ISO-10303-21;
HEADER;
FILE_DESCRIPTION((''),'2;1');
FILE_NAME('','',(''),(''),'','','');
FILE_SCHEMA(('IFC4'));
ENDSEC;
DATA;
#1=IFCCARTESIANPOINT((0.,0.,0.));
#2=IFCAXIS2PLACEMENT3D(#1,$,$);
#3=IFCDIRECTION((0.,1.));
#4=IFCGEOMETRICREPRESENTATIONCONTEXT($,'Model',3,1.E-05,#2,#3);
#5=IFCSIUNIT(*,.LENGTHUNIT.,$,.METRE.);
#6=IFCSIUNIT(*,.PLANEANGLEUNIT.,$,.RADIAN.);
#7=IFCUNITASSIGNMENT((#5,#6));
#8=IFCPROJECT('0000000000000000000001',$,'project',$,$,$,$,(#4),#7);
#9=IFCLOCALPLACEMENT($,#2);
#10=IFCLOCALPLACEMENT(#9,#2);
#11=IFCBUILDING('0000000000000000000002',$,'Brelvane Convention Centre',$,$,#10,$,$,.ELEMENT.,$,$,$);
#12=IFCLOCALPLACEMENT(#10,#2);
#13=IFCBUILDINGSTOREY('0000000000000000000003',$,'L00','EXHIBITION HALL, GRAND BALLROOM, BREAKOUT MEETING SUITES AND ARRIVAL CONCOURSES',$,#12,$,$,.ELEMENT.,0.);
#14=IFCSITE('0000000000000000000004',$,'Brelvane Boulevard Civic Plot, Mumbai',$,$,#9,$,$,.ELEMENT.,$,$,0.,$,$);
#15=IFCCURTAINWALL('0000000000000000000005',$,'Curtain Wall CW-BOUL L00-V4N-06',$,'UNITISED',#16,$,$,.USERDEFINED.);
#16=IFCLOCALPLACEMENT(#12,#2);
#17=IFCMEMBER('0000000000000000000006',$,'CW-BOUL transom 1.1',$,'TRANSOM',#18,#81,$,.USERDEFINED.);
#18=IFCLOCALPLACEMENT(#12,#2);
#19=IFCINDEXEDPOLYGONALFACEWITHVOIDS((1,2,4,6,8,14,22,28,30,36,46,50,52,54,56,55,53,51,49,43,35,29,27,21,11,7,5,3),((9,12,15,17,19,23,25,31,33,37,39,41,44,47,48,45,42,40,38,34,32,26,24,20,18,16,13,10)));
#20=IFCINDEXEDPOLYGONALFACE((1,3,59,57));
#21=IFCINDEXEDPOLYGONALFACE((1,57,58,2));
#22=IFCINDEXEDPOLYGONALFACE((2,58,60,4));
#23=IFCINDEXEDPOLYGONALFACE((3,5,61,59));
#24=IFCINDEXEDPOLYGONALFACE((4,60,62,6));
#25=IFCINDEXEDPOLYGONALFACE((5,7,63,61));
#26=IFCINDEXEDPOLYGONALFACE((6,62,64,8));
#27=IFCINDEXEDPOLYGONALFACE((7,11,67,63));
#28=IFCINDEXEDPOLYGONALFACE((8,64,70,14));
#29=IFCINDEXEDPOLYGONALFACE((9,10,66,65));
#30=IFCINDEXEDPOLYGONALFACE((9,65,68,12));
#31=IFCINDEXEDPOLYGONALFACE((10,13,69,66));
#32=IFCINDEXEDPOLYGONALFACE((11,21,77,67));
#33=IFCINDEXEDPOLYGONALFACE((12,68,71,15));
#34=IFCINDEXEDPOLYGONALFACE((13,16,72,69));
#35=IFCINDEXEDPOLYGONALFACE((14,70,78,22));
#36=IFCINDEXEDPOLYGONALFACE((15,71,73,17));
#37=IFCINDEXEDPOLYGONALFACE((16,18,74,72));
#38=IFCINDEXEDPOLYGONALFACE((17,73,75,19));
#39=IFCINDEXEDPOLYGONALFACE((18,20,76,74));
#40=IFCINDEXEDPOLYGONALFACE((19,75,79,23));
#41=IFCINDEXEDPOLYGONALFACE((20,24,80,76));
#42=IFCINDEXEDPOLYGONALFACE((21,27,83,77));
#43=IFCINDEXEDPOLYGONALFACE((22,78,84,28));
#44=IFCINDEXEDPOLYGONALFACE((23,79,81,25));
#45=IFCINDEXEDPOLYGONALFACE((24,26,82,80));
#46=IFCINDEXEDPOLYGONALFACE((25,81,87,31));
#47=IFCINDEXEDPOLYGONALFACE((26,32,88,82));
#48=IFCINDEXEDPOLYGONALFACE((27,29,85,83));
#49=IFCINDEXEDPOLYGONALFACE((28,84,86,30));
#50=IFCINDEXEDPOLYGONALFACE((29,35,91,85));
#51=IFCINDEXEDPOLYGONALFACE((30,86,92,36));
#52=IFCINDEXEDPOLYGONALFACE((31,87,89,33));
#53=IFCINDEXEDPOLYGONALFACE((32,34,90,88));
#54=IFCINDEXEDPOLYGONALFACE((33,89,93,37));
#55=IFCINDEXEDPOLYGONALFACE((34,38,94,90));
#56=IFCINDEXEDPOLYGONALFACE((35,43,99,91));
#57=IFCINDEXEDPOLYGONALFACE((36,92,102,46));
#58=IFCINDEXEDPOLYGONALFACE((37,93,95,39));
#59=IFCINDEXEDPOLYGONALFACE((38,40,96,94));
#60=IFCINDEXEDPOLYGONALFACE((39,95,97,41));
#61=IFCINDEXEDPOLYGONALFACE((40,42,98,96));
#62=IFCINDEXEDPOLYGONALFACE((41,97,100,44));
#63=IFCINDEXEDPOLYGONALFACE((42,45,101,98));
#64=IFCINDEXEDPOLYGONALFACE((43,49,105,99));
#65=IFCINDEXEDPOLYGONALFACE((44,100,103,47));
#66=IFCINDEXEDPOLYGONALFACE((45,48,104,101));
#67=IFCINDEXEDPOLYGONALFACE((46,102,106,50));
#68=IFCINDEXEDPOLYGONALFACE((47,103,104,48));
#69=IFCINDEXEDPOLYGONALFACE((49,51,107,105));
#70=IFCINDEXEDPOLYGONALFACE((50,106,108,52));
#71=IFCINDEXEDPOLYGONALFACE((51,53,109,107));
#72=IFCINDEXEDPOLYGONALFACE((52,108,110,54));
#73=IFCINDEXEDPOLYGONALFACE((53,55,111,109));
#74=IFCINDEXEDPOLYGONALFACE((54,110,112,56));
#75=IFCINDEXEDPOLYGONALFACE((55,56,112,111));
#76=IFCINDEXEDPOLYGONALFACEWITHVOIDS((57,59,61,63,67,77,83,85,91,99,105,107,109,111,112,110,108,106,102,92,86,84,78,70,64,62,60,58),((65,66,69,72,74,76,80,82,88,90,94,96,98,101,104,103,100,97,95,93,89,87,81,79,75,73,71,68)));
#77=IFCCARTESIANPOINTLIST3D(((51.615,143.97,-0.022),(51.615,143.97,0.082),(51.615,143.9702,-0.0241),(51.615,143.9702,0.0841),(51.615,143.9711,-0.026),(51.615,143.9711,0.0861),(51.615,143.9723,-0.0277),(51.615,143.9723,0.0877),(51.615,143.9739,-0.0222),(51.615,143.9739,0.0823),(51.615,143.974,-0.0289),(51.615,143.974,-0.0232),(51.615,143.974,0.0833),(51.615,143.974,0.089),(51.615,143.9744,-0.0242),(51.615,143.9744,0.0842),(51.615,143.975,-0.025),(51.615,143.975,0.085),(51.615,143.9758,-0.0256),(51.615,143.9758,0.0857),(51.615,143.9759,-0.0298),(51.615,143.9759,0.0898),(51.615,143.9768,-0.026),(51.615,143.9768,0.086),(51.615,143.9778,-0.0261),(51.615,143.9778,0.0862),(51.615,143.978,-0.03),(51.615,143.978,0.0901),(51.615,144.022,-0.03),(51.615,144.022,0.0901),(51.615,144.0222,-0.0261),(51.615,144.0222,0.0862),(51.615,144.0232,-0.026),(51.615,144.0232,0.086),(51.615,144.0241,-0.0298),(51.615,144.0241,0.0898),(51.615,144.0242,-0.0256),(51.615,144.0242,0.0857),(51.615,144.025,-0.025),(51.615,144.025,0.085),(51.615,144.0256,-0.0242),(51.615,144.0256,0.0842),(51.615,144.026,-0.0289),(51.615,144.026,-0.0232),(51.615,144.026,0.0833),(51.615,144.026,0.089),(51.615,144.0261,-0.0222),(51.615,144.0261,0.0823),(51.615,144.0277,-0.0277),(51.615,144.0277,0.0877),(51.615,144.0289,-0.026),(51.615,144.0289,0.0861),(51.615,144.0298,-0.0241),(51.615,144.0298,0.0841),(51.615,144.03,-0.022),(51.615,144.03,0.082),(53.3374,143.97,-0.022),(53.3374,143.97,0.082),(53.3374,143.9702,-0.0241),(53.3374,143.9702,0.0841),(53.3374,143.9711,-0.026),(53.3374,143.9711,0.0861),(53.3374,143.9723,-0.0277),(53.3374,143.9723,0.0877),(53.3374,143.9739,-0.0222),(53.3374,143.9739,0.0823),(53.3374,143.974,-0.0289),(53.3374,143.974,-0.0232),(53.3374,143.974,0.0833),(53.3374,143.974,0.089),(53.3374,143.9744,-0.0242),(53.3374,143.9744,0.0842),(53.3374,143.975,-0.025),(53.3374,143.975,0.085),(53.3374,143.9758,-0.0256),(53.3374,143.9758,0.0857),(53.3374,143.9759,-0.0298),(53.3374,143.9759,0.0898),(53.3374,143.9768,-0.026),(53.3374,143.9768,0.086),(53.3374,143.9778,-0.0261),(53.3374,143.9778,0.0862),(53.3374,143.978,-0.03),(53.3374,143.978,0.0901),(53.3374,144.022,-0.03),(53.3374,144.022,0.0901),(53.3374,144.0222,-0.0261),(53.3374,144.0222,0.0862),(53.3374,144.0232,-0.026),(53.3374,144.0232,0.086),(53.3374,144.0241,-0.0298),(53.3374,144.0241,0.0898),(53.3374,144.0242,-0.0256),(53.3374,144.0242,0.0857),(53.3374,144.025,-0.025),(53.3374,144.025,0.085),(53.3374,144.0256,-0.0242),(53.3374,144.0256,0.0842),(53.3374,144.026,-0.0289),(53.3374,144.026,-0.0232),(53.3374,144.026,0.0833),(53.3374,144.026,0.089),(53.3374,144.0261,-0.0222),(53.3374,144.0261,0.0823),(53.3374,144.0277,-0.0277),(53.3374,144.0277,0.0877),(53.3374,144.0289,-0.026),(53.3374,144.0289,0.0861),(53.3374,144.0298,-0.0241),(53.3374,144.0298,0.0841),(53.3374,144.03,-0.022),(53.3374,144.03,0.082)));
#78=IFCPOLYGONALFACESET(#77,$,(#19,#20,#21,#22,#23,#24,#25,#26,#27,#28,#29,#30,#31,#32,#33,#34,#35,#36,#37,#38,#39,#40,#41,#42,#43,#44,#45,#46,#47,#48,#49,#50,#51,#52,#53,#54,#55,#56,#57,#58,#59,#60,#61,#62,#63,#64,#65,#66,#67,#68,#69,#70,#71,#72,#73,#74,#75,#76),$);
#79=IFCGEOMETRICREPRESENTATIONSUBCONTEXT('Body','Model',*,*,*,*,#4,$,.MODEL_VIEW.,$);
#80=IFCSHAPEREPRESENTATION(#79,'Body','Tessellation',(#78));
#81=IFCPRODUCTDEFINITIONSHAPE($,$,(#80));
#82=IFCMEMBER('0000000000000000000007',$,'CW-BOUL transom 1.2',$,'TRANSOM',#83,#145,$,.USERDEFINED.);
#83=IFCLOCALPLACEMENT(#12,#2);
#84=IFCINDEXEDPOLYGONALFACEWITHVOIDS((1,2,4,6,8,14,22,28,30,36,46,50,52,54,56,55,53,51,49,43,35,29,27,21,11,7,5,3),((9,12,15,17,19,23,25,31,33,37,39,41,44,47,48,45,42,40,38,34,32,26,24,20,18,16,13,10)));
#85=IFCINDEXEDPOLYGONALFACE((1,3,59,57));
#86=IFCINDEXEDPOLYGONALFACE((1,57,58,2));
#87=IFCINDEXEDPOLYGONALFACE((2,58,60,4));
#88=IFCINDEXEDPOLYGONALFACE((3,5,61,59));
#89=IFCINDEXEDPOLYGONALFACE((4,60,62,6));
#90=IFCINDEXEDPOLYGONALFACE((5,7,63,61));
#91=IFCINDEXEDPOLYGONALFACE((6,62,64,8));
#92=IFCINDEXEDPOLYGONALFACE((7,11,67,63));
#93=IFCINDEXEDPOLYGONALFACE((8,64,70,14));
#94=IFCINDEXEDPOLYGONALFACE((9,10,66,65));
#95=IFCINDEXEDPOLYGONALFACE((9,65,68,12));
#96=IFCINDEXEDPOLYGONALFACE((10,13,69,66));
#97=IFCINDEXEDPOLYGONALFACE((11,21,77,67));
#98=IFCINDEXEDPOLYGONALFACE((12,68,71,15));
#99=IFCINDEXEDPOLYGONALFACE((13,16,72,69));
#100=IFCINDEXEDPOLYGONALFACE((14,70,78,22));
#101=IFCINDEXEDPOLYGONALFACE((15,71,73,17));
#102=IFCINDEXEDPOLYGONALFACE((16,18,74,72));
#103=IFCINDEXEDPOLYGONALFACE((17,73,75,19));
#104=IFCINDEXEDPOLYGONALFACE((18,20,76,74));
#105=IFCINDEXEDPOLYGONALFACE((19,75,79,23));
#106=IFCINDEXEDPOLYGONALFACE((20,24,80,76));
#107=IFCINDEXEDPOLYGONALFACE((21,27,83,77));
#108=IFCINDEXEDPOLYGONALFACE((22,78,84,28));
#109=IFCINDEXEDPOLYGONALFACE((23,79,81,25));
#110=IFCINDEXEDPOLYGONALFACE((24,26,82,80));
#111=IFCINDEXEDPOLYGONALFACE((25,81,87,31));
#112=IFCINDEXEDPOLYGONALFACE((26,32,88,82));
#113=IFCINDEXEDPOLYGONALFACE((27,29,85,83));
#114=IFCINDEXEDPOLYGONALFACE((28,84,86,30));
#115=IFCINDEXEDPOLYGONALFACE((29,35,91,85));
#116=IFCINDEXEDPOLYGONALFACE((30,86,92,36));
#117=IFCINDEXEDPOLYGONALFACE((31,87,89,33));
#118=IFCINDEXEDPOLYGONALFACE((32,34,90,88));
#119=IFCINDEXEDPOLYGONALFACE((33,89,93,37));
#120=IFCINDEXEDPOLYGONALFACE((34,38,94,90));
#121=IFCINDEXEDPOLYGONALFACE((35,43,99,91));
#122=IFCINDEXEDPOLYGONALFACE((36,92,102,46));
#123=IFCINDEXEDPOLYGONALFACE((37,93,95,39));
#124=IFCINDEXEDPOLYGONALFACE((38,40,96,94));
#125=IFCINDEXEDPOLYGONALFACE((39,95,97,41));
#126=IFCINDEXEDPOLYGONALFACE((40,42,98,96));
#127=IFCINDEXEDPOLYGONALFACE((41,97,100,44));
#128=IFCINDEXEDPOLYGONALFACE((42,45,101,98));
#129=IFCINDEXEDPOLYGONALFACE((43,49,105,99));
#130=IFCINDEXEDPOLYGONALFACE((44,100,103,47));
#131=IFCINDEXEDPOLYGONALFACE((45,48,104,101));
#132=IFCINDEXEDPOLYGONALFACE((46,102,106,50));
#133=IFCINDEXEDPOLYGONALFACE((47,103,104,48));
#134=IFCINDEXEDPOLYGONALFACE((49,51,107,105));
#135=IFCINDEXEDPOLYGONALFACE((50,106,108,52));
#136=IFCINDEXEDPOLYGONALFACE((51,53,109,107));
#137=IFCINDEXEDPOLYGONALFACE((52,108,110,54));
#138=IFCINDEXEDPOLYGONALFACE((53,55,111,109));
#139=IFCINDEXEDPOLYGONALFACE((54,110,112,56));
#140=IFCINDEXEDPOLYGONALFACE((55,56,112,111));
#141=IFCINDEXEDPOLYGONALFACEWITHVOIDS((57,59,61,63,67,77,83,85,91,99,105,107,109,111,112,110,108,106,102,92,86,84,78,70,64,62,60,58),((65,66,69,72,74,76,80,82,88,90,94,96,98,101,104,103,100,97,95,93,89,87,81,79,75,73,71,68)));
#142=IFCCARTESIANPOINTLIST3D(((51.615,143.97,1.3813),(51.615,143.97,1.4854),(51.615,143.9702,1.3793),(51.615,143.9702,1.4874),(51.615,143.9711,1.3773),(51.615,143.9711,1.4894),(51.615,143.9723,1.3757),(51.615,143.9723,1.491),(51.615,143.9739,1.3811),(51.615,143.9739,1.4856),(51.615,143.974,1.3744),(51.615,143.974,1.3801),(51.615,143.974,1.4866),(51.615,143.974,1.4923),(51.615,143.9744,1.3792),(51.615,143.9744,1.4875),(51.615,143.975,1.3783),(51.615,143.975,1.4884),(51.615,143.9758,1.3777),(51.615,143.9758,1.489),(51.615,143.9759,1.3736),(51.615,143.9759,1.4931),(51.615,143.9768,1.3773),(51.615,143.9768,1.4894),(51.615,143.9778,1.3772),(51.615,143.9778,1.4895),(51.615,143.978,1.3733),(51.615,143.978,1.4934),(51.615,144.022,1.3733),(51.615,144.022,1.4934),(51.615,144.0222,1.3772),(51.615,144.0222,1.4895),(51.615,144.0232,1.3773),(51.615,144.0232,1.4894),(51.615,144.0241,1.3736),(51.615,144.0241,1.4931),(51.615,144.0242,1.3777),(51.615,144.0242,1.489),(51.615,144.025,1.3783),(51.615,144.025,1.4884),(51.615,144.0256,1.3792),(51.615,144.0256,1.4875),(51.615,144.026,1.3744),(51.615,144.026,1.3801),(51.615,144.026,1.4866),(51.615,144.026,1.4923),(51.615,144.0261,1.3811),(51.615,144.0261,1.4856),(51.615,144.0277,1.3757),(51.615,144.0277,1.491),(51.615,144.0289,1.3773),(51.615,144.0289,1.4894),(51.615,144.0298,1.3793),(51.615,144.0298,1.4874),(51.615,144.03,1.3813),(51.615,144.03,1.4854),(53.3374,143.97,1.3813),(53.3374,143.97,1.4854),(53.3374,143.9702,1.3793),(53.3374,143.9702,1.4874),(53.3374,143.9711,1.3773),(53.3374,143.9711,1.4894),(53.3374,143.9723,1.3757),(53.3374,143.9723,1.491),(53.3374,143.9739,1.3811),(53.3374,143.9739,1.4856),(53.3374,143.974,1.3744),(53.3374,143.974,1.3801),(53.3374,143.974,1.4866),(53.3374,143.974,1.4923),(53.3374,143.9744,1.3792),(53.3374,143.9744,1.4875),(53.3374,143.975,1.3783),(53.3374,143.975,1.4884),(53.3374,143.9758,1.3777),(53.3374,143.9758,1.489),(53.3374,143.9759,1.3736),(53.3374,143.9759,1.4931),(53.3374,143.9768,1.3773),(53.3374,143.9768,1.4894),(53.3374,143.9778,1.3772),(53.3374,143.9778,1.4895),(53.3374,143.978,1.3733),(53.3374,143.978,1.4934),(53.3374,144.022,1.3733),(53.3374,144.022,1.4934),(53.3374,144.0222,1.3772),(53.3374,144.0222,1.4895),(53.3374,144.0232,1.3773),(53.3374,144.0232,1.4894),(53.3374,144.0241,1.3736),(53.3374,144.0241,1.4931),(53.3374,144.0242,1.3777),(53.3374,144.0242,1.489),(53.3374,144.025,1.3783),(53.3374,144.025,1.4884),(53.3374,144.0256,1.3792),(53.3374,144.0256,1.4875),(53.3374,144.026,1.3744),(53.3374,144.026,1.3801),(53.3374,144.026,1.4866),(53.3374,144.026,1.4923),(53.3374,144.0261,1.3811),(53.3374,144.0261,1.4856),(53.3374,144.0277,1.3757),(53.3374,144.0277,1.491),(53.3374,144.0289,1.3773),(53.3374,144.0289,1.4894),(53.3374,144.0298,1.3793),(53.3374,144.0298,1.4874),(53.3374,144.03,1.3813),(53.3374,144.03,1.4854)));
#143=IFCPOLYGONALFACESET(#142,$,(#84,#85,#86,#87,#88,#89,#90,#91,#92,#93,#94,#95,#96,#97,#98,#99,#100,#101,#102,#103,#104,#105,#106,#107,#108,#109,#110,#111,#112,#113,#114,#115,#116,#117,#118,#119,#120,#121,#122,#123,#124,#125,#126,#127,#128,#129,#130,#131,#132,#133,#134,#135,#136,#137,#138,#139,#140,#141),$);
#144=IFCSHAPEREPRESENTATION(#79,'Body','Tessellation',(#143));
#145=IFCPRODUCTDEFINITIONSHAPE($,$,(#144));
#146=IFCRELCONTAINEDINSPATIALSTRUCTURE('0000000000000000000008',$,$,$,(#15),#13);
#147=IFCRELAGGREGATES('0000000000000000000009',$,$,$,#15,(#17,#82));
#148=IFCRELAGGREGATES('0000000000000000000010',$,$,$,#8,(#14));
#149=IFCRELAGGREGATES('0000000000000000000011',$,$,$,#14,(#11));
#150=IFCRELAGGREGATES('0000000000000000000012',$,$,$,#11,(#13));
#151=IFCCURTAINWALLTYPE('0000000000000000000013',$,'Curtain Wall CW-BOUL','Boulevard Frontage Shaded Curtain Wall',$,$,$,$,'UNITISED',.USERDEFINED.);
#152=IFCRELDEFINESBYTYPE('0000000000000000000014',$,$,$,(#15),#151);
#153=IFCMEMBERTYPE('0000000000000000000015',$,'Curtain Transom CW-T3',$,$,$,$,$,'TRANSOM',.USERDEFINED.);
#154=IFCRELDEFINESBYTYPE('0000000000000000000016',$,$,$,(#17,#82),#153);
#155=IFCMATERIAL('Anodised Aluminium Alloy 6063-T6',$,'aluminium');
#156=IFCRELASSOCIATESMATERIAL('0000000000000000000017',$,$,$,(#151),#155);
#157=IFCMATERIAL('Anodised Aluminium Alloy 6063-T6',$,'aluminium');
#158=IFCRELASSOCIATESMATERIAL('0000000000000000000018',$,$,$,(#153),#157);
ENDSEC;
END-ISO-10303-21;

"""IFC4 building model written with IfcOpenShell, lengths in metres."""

from ifc_helpers import new_model, si_unit, direction, frame, origin, origin_2d, place, context, subcontext, project, spatial, hollow_rectangle, extrude, material, material_profile, profile_set, type_object, element, aggregate, save


model = new_model("IFC4")

# Units and contexts
model_context = context("Model", 3, precision=1e-05, world=origin(), true_north=direction((0.0, 1.0)))
body_context = subcontext(model_context, "Body", "Model", "MODEL_VIEW")
ifc_project = project(units=[si_unit("LENGTHUNIT", "METRE"), si_unit("PLANEANGLEUNIT", "RADIAN")], contexts=[model_context])

# Site, building, storey
site_placement = place(None, origin())
site = spatial("IfcSite", under=ifc_project, at=site_placement, Name="Brelvane Boulevard Civic Plot, Mumbai", CompositionType="ELEMENT", RefElevation=0.0)
building_placement = place(site_placement, origin())
building = spatial("IfcBuilding", under=site, at=building_placement, Name="Brelvane Convention Centre", CompositionType="ELEMENT")
storey_placement = place(building_placement, origin())
storey = spatial("IfcBuildingStorey", under=building, at=storey_placement, Name="L00", Description="EXHIBITION HALL, GRAND BALLROOM, BREAKOUT MEETING SUITES AND ARRIVAL CONCOURSES", CompositionType="ELEMENT", Elevation=0.0)

# Curtain wall, members
ifc_material_1 = material(Name="Anodised Aluminium Alloy 6063-T6", Category="aluminium")
curtain_wall_type = type_object("IfcCurtainWallType", Name="Curtain Wall CW-BOUL", Description="Boulevard Frontage Shaded Curtain Wall", ElementType="UNITISED", PredefinedType="USERDEFINED", material=ifc_material_1)
curtain_wall_placement = place(storey_placement, origin())
curtain_wall = element("IfcCurtainWall", 1, at=curtain_wall_placement, inside=storey, type_object=curtain_wall_type, Name="Curtain Wall CW-BOUL L00-V4N-06", ObjectType="UNITISED", PredefinedType="USERDEFINED")
ifc_material_2 = material(Name="Anodised Aluminium Alloy 6063-T6", Category="aluminium")
ifc_material_profile_1 = material_profile(ifc_material_2, hollow_rectangle(XDim=0.0601, YDim=0.1201, WallThickness=0.0039, InnerFilletRadius=0.0039, OuterFilletRadius=0.0081, at=origin_2d()), Name="ALU-T 120x60x4.0")
ifc_profile_set_1 = profile_set([ifc_material_profile_1], Name="Anodised Aluminium Alloy 6063-T6")
member_type_1 = type_object("IfcMemberType", Name="Curtain Transom CW-T3", ElementType="TRANSOM", PredefinedType="USERDEFINED", material=ifc_profile_set_1)
member_1_placement = place(storey_placement, frame((51.615, 144.0, 0.03), z_axis=(1.0, 0.0, 0.0), x_axis=(0.0, 1.0, 0.0)))
member_1 = element("IfcMember", 2, at=member_1_placement, type_object=member_type_1, Name="CW-BOUL transom 1.1", ObjectType="TRANSOM", PredefinedType="USERDEFINED", context=body_context, shape_type="SweptSolid", body=[
    extrude(hollow_rectangle(XDim=0.0601, YDim=0.1201, WallThickness=0.0039, InnerFilletRadius=0.0039, OuterFilletRadius=0.0081, at=origin_2d()), origin(), (0.0, 0.0, 1.0), 1.7224),
])
member_2_placement = place(storey_placement, frame((51.615, 144.0, 1.4333), z_axis=(1.0, 0.0, 0.0), x_axis=(0.0, 1.0, 0.0)))
member_2 = element("IfcMember", 3, at=member_2_placement, type_object=member_type_1, Name="CW-BOUL transom 1.2", ObjectType="TRANSOM", PredefinedType="USERDEFINED", context=body_context, shape_type="SweptSolid", body=[
    extrude(hollow_rectangle(XDim=0.0601, YDim=0.1201, WallThickness=0.0039, InnerFilletRadius=0.0039, OuterFilletRadius=0.0081, at=origin_2d()), origin(), (0.0, 0.0, 1.0), 1.7224),
])

aggregate(curtain_wall, [member_1, member_2])

save(model, "model.ifc")
